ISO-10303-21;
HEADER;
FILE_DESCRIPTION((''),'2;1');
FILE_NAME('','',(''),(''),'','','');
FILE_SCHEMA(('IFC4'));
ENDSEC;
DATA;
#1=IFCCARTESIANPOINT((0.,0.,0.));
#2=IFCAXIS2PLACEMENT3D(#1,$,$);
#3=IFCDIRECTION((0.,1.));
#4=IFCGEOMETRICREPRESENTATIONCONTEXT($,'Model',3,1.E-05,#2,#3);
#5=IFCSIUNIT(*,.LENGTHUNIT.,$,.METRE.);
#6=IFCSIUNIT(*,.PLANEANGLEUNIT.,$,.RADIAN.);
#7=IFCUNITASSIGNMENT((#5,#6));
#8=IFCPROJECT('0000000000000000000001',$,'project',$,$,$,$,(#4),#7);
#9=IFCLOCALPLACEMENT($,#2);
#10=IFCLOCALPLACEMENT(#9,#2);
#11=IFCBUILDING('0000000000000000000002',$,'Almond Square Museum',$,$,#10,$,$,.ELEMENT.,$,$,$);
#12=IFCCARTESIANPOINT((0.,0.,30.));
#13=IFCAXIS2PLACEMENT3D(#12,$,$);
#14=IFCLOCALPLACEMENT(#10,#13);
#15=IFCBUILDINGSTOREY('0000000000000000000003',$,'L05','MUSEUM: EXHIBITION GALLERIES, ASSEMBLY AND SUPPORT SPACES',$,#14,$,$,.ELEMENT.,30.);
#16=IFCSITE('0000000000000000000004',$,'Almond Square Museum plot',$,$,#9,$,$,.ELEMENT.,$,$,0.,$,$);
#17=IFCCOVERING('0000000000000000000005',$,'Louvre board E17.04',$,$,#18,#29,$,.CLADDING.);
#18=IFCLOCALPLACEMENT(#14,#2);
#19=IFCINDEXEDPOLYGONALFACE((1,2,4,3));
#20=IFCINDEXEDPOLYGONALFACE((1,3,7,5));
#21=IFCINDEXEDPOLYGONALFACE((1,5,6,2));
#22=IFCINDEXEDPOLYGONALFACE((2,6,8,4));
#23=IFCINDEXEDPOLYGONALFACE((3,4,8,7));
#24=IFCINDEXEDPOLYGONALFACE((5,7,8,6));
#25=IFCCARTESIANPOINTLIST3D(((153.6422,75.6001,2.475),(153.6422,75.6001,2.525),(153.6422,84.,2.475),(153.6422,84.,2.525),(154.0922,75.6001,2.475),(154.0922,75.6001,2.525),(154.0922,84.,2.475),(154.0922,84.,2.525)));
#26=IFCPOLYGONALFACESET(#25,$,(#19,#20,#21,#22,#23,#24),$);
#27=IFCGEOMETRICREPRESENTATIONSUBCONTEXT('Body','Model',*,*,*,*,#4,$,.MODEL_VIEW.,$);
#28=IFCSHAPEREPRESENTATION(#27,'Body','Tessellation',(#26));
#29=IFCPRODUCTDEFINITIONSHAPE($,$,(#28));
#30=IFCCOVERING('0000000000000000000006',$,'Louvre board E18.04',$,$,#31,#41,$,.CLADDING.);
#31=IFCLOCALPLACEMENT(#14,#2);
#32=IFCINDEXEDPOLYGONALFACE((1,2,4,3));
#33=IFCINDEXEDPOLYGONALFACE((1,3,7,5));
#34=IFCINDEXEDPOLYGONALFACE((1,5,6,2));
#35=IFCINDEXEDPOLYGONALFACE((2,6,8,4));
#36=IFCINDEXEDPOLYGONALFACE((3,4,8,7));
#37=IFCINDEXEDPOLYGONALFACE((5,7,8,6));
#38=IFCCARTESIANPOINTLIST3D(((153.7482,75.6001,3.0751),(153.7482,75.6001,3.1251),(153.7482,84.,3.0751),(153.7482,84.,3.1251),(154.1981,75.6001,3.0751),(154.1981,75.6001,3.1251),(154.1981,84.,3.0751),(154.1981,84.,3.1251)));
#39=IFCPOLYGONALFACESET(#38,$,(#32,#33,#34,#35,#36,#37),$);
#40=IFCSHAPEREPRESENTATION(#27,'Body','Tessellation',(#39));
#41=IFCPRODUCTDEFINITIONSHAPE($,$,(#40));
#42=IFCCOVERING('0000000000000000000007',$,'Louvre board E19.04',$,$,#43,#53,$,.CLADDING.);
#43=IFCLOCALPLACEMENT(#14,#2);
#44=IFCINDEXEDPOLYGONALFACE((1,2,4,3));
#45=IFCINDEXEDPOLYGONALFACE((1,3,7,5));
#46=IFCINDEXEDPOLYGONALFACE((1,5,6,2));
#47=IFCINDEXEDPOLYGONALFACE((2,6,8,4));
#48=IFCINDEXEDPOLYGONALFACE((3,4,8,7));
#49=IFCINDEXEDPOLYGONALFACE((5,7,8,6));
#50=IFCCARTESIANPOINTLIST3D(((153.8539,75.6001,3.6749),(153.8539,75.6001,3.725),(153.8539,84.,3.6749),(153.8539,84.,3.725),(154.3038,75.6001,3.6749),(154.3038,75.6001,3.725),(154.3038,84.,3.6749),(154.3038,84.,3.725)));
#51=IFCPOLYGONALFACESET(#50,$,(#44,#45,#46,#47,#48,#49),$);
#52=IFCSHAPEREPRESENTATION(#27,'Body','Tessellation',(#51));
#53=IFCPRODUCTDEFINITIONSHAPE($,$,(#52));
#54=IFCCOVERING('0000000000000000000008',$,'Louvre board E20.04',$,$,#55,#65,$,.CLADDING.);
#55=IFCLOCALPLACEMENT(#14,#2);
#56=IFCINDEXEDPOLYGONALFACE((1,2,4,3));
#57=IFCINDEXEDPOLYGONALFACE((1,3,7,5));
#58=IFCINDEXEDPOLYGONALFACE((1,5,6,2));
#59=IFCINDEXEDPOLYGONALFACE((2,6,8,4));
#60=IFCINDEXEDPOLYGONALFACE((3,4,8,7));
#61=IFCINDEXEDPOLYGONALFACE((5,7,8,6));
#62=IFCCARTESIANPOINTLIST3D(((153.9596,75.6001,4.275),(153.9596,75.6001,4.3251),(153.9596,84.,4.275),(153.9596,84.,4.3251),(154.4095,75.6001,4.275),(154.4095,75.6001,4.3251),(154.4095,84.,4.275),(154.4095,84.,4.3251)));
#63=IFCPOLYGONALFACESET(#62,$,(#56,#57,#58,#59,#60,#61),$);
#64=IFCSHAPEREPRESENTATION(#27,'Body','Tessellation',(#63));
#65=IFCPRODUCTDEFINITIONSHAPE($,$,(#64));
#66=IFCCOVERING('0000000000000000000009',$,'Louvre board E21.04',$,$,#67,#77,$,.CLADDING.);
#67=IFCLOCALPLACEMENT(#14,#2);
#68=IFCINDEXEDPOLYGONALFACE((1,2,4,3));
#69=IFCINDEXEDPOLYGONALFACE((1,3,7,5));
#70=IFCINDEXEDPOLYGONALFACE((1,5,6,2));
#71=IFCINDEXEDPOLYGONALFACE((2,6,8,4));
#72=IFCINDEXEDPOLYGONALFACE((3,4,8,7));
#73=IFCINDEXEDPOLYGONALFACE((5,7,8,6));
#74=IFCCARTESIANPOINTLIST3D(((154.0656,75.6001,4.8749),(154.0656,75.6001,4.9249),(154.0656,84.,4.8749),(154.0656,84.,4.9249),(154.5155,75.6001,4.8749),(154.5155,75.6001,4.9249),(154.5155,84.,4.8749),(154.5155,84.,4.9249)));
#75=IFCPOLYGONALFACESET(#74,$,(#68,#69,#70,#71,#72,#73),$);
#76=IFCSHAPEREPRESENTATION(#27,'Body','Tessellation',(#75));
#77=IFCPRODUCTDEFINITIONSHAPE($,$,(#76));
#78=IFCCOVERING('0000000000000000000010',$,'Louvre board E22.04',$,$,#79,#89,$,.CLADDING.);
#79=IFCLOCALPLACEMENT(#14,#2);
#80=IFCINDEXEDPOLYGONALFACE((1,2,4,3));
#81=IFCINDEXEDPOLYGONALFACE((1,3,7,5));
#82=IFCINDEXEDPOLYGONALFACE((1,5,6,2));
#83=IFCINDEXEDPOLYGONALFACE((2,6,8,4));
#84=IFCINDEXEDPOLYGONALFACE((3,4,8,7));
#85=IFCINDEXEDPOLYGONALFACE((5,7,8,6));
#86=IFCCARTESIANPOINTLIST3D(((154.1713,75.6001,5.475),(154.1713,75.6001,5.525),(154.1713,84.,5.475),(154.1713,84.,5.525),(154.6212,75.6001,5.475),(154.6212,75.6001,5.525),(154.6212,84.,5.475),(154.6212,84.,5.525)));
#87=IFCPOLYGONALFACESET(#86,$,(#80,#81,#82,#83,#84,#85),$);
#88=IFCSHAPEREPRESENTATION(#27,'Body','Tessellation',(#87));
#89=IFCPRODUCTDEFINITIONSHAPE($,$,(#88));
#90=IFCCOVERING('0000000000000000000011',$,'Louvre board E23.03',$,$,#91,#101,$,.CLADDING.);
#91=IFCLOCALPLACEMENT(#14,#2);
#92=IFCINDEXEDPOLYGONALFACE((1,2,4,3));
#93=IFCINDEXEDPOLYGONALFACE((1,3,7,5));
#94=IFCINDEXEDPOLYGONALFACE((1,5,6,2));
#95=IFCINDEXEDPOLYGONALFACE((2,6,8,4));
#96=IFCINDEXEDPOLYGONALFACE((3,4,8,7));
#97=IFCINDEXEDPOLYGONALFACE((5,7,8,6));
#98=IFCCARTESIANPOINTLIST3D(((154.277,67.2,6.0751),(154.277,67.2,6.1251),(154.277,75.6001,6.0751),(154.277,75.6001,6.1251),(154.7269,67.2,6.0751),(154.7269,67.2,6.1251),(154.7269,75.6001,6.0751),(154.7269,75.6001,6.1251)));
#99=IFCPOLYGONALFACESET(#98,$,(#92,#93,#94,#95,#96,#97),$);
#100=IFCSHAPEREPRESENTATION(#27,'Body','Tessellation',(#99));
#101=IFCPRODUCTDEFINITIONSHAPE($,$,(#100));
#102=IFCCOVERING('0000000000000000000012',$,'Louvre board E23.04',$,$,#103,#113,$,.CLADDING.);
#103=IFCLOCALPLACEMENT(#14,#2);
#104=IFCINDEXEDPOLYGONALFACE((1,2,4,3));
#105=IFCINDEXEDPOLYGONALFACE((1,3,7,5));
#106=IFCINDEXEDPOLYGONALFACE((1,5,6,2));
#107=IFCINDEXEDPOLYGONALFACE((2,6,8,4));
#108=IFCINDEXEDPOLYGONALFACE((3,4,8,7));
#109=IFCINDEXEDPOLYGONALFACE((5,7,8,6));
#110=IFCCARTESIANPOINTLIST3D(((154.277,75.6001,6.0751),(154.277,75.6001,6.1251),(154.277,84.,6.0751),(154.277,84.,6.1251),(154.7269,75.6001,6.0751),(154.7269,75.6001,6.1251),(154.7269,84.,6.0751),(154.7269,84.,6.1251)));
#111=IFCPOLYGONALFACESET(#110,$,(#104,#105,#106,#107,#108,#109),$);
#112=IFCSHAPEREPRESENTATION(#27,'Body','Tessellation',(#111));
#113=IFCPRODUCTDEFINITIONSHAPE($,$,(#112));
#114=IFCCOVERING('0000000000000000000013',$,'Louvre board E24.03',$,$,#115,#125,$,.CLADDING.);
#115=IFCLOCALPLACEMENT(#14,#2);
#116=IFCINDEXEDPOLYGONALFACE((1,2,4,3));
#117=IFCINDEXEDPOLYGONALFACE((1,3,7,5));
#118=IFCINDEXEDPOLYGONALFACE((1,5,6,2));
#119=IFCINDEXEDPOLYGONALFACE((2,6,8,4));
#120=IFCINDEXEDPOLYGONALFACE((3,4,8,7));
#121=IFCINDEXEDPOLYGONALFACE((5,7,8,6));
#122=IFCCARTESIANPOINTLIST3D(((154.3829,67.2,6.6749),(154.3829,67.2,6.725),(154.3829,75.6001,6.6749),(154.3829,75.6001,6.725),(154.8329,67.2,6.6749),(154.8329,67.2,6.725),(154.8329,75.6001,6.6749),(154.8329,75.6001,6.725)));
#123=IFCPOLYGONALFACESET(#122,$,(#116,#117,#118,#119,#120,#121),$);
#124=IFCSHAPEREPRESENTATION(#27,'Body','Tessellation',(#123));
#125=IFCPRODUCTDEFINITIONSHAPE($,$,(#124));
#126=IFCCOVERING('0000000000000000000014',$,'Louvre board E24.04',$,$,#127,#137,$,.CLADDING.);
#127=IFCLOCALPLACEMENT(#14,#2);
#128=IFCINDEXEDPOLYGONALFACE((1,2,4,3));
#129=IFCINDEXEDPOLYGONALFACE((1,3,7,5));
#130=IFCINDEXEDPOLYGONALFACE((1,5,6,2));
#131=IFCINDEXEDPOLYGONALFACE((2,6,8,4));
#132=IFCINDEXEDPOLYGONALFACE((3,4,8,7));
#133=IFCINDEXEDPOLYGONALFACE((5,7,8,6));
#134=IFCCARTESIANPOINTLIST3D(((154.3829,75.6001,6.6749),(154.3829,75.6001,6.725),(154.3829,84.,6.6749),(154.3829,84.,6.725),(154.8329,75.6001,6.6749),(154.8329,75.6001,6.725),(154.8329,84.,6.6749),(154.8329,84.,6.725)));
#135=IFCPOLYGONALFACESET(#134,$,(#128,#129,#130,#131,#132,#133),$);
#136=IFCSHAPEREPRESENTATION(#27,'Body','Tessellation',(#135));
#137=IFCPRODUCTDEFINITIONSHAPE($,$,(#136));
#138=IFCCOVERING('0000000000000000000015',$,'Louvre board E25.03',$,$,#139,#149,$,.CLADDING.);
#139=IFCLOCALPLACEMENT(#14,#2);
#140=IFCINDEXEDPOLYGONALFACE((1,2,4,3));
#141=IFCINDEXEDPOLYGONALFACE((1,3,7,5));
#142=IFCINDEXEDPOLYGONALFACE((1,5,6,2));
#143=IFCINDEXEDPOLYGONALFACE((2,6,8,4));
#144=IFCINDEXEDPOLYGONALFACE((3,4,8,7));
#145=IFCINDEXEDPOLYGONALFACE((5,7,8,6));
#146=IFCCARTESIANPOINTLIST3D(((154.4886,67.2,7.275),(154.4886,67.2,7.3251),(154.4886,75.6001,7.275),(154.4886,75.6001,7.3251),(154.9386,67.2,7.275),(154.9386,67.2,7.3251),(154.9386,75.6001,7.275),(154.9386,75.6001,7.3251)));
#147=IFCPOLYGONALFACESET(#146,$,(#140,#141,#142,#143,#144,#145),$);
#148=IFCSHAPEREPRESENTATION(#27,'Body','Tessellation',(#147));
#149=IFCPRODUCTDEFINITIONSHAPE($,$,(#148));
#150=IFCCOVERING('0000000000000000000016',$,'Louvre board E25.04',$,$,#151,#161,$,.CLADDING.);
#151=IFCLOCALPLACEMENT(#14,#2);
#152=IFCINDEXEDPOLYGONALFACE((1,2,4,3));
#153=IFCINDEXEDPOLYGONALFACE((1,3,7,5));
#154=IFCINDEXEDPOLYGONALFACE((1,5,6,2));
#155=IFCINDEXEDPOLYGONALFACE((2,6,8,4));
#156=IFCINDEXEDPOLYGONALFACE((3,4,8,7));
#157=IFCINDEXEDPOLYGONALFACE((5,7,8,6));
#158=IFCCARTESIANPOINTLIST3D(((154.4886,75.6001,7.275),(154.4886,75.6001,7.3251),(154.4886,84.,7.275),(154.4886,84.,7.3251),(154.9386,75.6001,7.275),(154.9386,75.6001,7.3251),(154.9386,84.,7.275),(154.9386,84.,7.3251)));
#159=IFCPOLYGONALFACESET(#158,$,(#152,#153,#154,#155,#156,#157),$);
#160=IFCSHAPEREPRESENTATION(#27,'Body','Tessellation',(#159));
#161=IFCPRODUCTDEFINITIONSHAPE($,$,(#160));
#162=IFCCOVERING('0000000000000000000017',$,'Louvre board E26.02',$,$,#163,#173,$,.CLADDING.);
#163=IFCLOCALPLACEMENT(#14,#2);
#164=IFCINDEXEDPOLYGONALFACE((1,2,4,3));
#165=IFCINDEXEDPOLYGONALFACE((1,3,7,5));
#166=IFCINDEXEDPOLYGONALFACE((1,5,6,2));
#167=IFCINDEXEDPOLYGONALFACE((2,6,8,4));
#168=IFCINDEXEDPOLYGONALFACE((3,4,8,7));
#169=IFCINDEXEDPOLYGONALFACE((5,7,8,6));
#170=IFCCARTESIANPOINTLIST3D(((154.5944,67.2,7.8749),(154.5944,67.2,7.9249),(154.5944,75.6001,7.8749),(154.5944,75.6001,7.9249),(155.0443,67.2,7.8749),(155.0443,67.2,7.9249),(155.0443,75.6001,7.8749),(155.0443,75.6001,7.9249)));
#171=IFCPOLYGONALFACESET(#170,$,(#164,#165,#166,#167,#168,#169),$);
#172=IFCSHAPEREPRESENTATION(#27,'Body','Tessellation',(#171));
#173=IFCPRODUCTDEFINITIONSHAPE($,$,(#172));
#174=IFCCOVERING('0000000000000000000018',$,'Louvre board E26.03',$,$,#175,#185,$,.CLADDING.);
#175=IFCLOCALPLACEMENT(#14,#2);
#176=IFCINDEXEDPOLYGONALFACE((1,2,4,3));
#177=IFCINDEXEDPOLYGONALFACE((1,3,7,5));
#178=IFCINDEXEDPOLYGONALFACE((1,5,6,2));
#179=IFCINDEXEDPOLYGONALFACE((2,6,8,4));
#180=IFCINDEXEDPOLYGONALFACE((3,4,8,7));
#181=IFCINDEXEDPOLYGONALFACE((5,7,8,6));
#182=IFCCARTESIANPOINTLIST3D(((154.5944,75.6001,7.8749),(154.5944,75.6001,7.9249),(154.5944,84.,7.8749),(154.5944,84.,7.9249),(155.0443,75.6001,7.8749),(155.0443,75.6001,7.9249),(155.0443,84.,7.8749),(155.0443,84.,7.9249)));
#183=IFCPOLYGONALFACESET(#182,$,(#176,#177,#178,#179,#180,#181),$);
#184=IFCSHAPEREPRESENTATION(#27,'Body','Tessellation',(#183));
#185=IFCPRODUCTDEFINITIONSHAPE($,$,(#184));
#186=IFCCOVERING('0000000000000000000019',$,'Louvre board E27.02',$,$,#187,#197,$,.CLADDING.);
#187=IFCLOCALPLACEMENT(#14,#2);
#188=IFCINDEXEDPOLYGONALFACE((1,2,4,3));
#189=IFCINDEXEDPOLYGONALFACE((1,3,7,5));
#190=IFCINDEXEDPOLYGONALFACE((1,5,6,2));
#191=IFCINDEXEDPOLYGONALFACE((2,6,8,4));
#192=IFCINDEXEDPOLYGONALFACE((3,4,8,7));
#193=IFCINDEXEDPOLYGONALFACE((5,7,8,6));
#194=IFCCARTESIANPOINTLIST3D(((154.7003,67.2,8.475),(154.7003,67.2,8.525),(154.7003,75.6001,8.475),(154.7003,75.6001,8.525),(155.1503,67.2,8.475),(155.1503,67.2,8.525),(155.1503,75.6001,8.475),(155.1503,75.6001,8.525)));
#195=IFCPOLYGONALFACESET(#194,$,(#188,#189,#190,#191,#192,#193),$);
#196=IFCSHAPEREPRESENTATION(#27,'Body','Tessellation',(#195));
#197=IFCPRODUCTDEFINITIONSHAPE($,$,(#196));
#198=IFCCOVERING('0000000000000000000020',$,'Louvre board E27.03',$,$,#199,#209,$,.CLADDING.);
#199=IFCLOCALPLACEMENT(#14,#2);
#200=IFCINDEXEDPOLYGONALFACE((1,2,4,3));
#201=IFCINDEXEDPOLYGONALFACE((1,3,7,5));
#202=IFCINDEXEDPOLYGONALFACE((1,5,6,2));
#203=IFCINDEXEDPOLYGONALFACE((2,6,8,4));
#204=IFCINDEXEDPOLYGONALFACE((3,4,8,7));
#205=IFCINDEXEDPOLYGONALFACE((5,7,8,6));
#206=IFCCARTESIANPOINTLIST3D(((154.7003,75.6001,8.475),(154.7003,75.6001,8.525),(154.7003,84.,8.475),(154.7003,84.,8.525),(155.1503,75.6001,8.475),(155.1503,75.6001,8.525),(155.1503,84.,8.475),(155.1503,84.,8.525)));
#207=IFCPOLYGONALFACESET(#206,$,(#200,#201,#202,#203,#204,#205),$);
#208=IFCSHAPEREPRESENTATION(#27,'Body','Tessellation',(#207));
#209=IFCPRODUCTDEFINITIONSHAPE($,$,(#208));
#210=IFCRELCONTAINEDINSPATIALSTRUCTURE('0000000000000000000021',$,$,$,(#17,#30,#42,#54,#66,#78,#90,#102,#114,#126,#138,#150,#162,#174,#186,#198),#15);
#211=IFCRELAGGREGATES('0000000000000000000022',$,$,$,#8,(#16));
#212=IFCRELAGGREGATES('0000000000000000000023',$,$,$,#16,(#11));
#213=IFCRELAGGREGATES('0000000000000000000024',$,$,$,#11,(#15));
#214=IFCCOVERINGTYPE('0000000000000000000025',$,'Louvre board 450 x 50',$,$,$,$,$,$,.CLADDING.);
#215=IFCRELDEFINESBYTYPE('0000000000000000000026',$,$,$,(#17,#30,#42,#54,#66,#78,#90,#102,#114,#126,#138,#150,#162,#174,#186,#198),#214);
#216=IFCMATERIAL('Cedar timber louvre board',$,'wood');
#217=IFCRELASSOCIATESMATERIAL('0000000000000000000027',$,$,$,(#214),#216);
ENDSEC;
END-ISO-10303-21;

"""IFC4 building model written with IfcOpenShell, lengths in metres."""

from ifc_helpers import new_model, si_unit, direction, frame, origin, origin_2d, place, context, subcontext, project, spatial, rectangle, extrude, material, material_profile, profile_set, type_object, element, save


model = new_model("IFC4")

# Units and contexts
model_context = context("Model", 3, precision=1e-05, world=origin(), true_north=direction((0.0, 1.0)))
body_context = subcontext(model_context, "Body", "Model", "MODEL_VIEW")
ifc_project = project(units=[si_unit("LENGTHUNIT", "METRE"), si_unit("PLANEANGLEUNIT", "RADIAN")], contexts=[model_context])

# Site, building, storey
site_placement = place(None, origin())
site = spatial("IfcSite", under=ifc_project, at=site_placement, Name="Almond Square Museum plot", CompositionType="ELEMENT", RefElevation=0.0)
building_placement = place(site_placement, origin())
building = spatial("IfcBuilding", under=site, at=building_placement, Name="Almond Square Museum", CompositionType="ELEMENT")
storey_placement = place(building_placement, frame((0.0, 0.0, 30.0)))
storey = spatial("IfcBuildingStorey", under=building, at=storey_placement, Name="L05", Description="MUSEUM: EXHIBITION GALLERIES, ASSEMBLY AND SUPPORT SPACES", CompositionType="ELEMENT", Elevation=30.0)

# Coverings
ifc_material_1 = material(Name="Cedar timber louvre board", Category="wood")
ifc_material_profile_1 = material_profile(ifc_material_1, rectangle(XDim=0.45, YDim=0.05, at=origin_2d()))
ifc_profile_set_1 = profile_set([ifc_material_profile_1], Name="Cedar timber louvre board")
covering_type = type_object("IfcCoveringType", Name="Louvre board 450 x 50", PredefinedType="CLADDING", material=ifc_profile_set_1)
for number, where, z_axis, x_axis, name in (
    (1, (153.8672, 75.6001, 2.5), (0.0, 1.0, 0.0), (-1.0, 0.0, 0.0), "Louvre board E17.04"),
    (2, (153.9731, 75.6001, 3.1001), (0.0, 1.0, 0.0), (-1.0, 0.0, 0.0), "Louvre board E18.04"),
    (3, (154.0789, 75.6001, 3.7), (0.0, 1.0, 0.0), (-1.0, 0.0, 0.0), "Louvre board E19.04"),
    (4, (154.1846, 75.6001, 4.3), (0.0, 1.0, 0.0), (-1.0, 0.0, 0.0), "Louvre board E20.04"),
    (5, (154.2905, 75.6001, 4.8999), (0.0, 1.0, 0.0), (-1.0, 0.0, 0.0), "Louvre board E21.04"),
    (6, (154.3962, 75.6001, 5.5), (0.0, 1.0, 0.0), (-1.0, 0.0, 0.0), "Louvre board E22.04"),
):
    element("IfcCovering", number, at=place(storey_placement, frame(where, z_axis=z_axis, x_axis=x_axis)), inside=storey, type_object=covering_type, Name=name, PredefinedType="CLADDING", context=body_context, shape_type="SweptSolid", body=[
        extrude(rectangle(XDim=0.45, YDim=0.05, at=origin_2d()), origin(), (0.0, 0.0, 1.0), 8.3999),
    ])
covering_1_placement = place(storey_placement, frame((154.502, 67.2, 6.1001), z_axis=(0.0, 1.0, 0.0), x_axis=(-1.0, 0.0, 0.0)))
element("IfcCovering", 7, at=covering_1_placement, inside=storey, type_object=covering_type, Name="Louvre board E23.03", PredefinedType="CLADDING", context=body_context, shape_type="SweptSolid", body=[
    extrude(rectangle(XDim=0.45, YDim=0.05, at=origin_2d()), origin(), (0.0, 0.0, 1.0), 8.4001),
])
covering_2_placement = place(storey_placement, frame((154.502, 75.6001, 6.1001), z_axis=(0.0, 1.0, 0.0), x_axis=(-1.0, 0.0, 0.0)))
element("IfcCovering", 8, at=covering_2_placement, inside=storey, type_object=covering_type, Name="Louvre board E23.04", PredefinedType="CLADDING", context=body_context, shape_type="SweptSolid", body=[
    extrude(rectangle(XDim=0.45, YDim=0.05, at=origin_2d()), origin(), (0.0, 0.0, 1.0), 8.3999),
])
covering_3_placement = place(storey_placement, frame((154.6079, 67.2, 6.7), z_axis=(0.0, 1.0, 0.0), x_axis=(-1.0, 0.0, 0.0)))
element("IfcCovering", 9, at=covering_3_placement, inside=storey, type_object=covering_type, Name="Louvre board E24.03", PredefinedType="CLADDING", context=body_context, shape_type="SweptSolid", body=[
    extrude(rectangle(XDim=0.45, YDim=0.05, at=origin_2d()), origin(), (0.0, 0.0, 1.0), 8.4001),
])
covering_4_placement = place(storey_placement, frame((154.6079, 75.6001, 6.7), z_axis=(0.0, 1.0, 0.0), x_axis=(-1.0, 0.0, 0.0)))
element("IfcCovering", 10, at=covering_4_placement, inside=storey, type_object=covering_type, Name="Louvre board E24.04", PredefinedType="CLADDING", context=body_context, shape_type="SweptSolid", body=[
    extrude(rectangle(XDim=0.45, YDim=0.05, at=origin_2d()), origin(), (0.0, 0.0, 1.0), 8.3999),
])
covering_5_placement = place(storey_placement, frame((154.7136, 67.2, 7.3), z_axis=(0.0, 1.0, 0.0), x_axis=(-1.0, 0.0, 0.0)))
element("IfcCovering", 11, at=covering_5_placement, inside=storey, type_object=covering_type, Name="Louvre board E25.03", PredefinedType="CLADDING", context=body_context, shape_type="SweptSolid", body=[
    extrude(rectangle(XDim=0.45, YDim=0.05, at=origin_2d()), origin(), (0.0, 0.0, 1.0), 8.4001),
])
covering_6_placement = place(storey_placement, frame((154.7136, 75.6001, 7.3), z_axis=(0.0, 1.0, 0.0), x_axis=(-1.0, 0.0, 0.0)))
element("IfcCovering", 12, at=covering_6_placement, inside=storey, type_object=covering_type, Name="Louvre board E25.04", PredefinedType="CLADDING", context=body_context, shape_type="SweptSolid", body=[
    extrude(rectangle(XDim=0.45, YDim=0.05, at=origin_2d()), origin(), (0.0, 0.0, 1.0), 8.3999),
])
covering_7_placement = place(storey_placement, frame((154.8193, 67.2, 7.8999), z_axis=(0.0, 1.0, 0.0), x_axis=(-1.0, 0.0, 0.0)))
element("IfcCovering", 13, at=covering_7_placement, inside=storey, type_object=covering_type, Name="Louvre board E26.02", PredefinedType="CLADDING", context=body_context, shape_type="SweptSolid", body=[
    extrude(rectangle(XDim=0.45, YDim=0.05, at=origin_2d()), origin(), (0.0, 0.0, 1.0), 8.4001),
])
covering_8_placement = place(storey_placement, frame((154.8193, 75.6001, 7.8999), z_axis=(0.0, 1.0, 0.0), x_axis=(-1.0, 0.0, 0.0)))
element("IfcCovering", 14, at=covering_8_placement, inside=storey, type_object=covering_type, Name="Louvre board E26.03", PredefinedType="CLADDING", context=body_context, shape_type="SweptSolid", body=[
    extrude(rectangle(XDim=0.45, YDim=0.05, at=origin_2d()), origin(), (0.0, 0.0, 1.0), 8.3999),
])
covering_9_placement = place(storey_placement, frame((154.9253, 67.2, 8.5), z_axis=(0.0, 1.0, 0.0), x_axis=(-1.0, 0.0, 0.0)))
element("IfcCovering", 15, at=covering_9_placement, inside=storey, type_object=covering_type, Name="Louvre board E27.02", PredefinedType="CLADDING", context=body_context, shape_type="SweptSolid", body=[
    extrude(rectangle(XDim=0.45, YDim=0.05, at=origin_2d()), origin(), (0.0, 0.0, 1.0), 8.4001),
])
covering_10_placement = place(storey_placement, frame((154.9253, 75.6001, 8.5), z_axis=(0.0, 1.0, 0.0), x_axis=(-1.0, 0.0, 0.0)))
element("IfcCovering", 16, at=covering_10_placement, inside=storey, type_object=covering_type, Name="Louvre board E27.03", PredefinedType="CLADDING", context=body_context, shape_type="SweptSolid", body=[
    extrude(rectangle(XDim=0.45, YDim=0.05, at=origin_2d()), origin(), (0.0, 0.0, 1.0), 8.3999),
])

save(model, "model.ifc")
